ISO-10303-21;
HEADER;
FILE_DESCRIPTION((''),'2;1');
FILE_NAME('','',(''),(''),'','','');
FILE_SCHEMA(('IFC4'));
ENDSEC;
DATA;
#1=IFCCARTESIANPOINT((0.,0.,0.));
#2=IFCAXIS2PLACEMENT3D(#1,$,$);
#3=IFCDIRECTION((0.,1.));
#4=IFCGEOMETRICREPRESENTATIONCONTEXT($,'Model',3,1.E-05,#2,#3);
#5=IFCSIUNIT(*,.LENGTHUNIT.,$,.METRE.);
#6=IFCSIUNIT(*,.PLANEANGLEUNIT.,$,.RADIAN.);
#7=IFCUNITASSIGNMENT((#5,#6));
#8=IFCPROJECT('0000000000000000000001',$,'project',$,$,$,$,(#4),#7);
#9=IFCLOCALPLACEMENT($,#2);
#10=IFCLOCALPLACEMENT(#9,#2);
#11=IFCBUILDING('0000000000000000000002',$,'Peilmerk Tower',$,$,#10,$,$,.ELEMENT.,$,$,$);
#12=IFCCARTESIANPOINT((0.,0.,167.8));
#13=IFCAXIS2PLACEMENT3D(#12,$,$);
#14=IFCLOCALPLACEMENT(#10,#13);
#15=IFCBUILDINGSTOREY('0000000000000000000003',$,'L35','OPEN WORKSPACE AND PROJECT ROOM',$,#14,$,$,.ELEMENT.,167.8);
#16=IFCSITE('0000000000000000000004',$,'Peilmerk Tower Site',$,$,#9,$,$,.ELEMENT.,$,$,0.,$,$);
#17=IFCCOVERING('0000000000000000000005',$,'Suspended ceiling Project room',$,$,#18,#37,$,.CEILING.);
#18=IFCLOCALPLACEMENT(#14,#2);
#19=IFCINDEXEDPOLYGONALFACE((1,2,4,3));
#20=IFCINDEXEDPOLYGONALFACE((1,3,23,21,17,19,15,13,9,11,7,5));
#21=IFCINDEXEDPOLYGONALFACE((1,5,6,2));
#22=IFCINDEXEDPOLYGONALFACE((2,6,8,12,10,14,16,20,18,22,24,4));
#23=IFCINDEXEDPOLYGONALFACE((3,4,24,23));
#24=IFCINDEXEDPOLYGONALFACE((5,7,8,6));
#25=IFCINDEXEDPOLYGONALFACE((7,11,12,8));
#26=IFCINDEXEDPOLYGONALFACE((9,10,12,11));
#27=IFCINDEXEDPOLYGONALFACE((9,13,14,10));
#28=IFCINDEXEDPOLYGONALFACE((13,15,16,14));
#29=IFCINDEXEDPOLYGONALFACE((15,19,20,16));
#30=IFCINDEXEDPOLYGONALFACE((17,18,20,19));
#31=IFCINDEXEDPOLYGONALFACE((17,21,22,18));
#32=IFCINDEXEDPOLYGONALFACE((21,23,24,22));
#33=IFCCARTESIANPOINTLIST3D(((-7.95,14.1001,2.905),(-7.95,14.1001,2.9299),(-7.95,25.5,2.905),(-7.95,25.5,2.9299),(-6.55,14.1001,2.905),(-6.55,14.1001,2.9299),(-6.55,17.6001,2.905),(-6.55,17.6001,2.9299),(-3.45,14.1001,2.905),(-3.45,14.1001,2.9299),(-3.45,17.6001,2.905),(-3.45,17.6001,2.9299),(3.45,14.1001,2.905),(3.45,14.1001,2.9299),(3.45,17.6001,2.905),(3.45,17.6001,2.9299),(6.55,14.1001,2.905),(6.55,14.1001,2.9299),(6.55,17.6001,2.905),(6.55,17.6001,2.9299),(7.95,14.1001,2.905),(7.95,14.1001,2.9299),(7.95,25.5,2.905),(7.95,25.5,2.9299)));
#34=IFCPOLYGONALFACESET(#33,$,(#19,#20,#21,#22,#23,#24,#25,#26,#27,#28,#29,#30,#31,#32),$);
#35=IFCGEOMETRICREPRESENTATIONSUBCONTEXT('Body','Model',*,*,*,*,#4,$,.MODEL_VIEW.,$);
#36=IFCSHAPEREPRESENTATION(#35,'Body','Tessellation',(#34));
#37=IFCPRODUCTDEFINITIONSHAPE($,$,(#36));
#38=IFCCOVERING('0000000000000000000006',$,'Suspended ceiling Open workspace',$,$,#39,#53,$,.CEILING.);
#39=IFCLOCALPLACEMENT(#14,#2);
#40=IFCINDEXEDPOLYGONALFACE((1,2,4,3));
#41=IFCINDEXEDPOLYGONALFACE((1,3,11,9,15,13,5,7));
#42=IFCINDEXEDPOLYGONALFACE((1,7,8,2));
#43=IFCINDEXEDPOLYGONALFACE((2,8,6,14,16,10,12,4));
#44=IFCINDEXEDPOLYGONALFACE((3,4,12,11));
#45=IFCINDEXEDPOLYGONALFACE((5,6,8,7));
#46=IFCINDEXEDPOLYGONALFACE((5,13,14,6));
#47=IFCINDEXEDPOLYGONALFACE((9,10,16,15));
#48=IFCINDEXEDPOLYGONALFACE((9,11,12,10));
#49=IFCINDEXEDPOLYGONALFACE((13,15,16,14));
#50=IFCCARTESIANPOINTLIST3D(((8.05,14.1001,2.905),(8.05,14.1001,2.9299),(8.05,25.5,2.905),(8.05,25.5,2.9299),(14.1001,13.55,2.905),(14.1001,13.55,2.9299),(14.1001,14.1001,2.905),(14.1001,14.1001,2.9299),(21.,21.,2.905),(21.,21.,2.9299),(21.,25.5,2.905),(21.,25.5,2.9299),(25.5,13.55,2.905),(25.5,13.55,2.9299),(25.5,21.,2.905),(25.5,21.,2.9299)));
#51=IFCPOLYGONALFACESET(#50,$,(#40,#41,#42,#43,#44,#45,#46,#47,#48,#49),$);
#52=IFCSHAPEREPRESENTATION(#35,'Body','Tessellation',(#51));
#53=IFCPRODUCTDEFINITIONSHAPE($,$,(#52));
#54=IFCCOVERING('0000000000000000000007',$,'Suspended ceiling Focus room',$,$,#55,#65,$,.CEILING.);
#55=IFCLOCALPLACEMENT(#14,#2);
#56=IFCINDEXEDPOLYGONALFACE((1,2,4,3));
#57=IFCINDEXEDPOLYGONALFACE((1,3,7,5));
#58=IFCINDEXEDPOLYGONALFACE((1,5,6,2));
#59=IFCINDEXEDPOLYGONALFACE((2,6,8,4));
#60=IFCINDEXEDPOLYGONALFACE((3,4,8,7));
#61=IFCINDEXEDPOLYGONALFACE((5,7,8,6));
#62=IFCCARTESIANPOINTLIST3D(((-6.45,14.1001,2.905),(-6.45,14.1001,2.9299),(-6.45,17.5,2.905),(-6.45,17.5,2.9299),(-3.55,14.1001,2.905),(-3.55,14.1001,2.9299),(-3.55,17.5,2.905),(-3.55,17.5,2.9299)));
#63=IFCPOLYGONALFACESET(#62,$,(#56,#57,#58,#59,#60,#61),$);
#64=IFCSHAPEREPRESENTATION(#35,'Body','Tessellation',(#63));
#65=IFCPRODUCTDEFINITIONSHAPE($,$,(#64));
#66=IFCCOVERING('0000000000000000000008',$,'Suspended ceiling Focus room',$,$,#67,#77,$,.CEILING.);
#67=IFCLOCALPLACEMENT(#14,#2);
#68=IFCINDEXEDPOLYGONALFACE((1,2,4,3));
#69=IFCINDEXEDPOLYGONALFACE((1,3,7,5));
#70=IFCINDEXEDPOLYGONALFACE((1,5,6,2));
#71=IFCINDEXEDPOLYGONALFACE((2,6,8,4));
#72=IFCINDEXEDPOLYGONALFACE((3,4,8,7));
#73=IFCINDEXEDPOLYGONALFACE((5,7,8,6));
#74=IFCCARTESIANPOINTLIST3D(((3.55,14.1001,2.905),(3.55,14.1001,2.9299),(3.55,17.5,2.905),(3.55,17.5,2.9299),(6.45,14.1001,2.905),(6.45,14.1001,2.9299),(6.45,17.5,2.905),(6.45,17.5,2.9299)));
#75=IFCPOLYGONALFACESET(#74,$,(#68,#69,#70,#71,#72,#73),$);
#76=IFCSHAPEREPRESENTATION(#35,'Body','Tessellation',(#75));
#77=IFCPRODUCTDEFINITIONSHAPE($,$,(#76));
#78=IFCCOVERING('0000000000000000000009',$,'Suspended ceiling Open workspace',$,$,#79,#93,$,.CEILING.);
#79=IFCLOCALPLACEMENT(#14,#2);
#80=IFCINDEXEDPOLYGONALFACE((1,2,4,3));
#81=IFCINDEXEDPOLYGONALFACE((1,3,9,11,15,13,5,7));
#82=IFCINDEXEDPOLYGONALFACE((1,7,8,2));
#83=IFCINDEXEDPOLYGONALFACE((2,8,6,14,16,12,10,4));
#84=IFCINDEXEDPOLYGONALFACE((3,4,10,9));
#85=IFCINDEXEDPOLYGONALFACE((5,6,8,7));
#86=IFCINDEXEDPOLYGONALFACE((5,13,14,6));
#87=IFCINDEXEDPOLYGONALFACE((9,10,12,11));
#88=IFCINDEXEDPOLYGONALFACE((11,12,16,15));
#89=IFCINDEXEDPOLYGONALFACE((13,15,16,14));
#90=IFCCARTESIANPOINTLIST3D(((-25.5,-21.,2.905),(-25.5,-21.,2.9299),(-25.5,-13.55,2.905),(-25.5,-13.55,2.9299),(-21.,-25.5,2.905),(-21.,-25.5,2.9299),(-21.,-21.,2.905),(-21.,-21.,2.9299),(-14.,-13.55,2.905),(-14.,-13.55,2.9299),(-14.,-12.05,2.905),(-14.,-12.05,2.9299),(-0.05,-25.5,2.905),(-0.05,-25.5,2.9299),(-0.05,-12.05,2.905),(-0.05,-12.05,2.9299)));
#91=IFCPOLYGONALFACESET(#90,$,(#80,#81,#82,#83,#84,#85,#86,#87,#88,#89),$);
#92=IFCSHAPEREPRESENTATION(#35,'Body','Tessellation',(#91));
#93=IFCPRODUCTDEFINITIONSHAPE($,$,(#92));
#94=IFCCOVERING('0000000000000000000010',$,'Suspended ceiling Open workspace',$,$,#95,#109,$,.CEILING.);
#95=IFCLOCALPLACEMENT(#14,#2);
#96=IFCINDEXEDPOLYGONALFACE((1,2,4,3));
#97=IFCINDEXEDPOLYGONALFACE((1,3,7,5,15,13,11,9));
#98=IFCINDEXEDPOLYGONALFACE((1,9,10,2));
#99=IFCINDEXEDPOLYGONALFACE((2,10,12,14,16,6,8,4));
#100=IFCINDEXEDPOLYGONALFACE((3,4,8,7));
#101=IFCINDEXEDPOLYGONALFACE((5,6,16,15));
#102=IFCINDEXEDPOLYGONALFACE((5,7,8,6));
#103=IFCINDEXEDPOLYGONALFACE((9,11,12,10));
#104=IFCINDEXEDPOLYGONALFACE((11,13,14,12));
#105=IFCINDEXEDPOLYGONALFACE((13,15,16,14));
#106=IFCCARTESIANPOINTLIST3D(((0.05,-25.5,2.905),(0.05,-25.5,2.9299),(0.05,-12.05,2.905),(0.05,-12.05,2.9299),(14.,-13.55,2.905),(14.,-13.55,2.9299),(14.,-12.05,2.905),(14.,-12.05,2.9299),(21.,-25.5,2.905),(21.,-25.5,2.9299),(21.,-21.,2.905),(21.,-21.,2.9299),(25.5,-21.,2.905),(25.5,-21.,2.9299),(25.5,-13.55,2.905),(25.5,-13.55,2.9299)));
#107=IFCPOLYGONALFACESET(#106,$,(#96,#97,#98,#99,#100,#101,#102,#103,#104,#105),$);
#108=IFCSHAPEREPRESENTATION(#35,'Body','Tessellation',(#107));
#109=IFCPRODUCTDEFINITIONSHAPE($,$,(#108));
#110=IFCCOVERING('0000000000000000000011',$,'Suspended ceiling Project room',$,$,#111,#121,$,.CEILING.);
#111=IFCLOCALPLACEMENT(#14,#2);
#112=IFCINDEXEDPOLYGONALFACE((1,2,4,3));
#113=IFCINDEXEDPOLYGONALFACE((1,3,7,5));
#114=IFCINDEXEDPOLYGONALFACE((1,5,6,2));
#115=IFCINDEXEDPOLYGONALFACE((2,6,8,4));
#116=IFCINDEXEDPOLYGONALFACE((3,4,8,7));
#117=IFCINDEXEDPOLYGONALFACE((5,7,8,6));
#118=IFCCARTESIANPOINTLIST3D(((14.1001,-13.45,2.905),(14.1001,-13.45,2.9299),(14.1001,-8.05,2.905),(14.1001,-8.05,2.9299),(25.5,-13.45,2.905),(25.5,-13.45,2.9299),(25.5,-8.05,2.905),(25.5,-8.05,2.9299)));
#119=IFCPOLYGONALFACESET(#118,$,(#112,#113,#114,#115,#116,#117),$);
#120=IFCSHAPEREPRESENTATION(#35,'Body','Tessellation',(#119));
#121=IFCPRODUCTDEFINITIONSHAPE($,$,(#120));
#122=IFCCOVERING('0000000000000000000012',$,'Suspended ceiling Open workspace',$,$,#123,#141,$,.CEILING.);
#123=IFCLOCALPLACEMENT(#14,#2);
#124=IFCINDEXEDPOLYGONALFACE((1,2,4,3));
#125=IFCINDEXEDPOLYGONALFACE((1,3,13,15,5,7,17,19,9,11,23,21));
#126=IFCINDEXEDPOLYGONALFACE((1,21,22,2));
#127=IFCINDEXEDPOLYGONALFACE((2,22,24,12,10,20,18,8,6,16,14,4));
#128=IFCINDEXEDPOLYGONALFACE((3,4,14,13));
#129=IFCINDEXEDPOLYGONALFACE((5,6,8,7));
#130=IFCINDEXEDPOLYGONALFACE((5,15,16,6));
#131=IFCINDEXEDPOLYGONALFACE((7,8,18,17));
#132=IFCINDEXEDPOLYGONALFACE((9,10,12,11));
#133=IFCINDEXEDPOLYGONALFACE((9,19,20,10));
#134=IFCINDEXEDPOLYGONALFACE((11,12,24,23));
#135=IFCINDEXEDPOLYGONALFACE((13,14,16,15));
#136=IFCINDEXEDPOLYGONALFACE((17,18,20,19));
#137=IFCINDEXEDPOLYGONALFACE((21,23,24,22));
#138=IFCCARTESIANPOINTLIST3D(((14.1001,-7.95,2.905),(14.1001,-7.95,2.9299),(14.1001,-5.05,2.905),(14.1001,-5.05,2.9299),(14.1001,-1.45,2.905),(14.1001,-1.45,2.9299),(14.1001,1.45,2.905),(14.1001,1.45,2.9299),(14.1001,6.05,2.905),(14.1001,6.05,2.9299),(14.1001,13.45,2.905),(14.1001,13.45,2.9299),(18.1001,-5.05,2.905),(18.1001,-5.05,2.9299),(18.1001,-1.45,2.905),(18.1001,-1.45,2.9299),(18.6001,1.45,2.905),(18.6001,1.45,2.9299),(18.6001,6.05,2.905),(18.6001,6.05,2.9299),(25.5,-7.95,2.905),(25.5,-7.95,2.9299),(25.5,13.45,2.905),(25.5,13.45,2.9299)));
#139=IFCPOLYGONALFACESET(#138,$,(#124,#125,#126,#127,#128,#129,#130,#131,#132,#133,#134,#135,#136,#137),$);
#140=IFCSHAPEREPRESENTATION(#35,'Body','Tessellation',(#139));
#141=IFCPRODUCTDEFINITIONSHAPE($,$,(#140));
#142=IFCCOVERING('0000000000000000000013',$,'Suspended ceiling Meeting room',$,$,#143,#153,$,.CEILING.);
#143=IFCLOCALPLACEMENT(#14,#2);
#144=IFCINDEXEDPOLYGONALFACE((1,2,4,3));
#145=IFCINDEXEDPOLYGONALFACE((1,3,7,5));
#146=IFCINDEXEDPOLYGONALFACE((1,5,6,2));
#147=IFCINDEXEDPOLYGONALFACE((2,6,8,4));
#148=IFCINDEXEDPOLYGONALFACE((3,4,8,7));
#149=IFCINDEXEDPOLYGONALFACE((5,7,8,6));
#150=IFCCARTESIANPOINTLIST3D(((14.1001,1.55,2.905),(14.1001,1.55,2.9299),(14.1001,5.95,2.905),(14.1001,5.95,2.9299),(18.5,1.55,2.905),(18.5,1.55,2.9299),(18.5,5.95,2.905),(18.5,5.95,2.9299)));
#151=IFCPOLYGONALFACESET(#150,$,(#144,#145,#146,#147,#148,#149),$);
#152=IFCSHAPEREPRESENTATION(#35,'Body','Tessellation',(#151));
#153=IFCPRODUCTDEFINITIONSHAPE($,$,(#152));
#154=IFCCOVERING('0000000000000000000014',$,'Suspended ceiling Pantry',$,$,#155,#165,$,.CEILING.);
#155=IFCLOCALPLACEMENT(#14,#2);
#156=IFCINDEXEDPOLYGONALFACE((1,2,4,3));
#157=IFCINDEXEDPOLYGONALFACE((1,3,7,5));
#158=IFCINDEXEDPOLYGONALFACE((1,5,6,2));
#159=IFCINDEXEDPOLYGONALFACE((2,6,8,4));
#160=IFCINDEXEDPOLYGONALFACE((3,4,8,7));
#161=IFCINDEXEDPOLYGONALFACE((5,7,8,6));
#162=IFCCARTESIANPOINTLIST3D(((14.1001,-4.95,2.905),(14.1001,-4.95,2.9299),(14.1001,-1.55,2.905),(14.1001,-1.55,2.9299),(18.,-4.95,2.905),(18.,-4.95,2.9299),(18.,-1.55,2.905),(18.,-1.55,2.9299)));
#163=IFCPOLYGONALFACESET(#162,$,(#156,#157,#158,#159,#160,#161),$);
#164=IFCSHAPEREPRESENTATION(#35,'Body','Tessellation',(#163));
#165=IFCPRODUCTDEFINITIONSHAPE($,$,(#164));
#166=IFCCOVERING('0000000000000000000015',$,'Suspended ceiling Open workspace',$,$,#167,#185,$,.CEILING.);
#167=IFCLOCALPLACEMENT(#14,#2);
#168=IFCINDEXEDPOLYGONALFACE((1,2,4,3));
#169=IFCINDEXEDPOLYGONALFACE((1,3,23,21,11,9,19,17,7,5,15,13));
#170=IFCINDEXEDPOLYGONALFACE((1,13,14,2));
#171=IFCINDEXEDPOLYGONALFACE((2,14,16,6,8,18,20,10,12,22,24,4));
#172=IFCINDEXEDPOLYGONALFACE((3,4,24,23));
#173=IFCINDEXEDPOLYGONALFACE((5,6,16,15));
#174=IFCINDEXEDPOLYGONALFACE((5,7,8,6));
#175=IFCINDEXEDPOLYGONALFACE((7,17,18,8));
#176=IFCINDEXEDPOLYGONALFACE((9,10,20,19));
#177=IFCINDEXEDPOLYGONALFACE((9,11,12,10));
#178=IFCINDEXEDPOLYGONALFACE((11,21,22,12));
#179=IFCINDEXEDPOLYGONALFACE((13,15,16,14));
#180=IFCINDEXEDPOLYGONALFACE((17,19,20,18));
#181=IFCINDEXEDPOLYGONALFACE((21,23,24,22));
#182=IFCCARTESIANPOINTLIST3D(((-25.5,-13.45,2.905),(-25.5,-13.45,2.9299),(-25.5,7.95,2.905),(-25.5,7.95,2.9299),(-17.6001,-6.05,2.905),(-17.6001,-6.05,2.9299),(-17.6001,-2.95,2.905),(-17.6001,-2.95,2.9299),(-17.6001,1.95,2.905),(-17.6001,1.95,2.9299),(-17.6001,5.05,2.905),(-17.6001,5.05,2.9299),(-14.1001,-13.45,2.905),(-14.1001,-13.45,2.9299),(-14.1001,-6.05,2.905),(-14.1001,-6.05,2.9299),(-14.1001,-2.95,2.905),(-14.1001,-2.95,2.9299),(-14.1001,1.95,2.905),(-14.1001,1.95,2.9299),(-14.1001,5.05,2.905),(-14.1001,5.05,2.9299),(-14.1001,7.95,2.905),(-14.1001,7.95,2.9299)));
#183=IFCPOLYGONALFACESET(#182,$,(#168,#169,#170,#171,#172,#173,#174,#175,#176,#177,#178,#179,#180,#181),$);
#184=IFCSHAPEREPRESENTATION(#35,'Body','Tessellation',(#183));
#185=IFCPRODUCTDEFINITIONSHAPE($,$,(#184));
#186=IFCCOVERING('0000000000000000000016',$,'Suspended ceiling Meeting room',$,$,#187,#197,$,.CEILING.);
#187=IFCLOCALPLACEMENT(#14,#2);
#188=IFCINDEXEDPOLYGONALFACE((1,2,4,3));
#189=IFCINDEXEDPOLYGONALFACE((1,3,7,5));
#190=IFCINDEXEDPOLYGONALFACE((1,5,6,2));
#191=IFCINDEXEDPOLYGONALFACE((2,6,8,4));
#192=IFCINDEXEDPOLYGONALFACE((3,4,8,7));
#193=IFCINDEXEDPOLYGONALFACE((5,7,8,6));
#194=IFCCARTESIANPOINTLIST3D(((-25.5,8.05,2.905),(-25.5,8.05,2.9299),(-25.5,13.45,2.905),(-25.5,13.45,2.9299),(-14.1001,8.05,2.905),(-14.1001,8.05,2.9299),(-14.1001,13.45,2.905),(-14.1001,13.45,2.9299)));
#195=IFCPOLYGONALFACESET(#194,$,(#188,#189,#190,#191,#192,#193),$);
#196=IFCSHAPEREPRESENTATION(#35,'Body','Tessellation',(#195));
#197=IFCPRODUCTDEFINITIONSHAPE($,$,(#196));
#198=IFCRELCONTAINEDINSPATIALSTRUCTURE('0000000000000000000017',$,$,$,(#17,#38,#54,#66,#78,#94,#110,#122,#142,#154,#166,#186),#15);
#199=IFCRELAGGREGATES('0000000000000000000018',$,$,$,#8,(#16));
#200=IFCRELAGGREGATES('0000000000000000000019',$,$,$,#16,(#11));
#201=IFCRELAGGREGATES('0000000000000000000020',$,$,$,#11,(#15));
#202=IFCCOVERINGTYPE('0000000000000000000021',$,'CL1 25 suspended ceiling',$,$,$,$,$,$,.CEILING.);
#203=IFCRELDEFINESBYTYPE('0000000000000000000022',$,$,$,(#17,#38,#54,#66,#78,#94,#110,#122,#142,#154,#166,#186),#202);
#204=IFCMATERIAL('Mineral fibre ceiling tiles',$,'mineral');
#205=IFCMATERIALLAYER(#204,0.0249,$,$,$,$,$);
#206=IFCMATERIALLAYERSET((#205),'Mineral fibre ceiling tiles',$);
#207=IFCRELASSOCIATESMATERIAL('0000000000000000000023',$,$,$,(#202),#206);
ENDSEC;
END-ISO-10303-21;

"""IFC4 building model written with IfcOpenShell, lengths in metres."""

from ifc_helpers import new_model, si_unit, direction, frame, origin, place, context, subcontext, project, spatial, polyline, outline, extrude, material, layer, layer_set, type_object, element, save


model = new_model("IFC4")

# Units and contexts
model_context = context("Model", 3, precision=1e-05, world=origin(), true_north=direction((0.0, 1.0)))
body_context = subcontext(model_context, "Body", "Model", "MODEL_VIEW")
ifc_project = project(units=[si_unit("LENGTHUNIT", "METRE"), si_unit("PLANEANGLEUNIT", "RADIAN")], contexts=[model_context])

# Site, building, storey
site_placement = place(None, origin())
site = spatial("IfcSite", under=ifc_project, at=site_placement, Name="Peilmerk Tower Site", CompositionType="ELEMENT", RefElevation=0.0)
building_placement = place(site_placement, origin())
building = spatial("IfcBuilding", under=site, at=building_placement, Name="Peilmerk Tower", CompositionType="ELEMENT")
storey_placement = place(building_placement, frame((0.0, 0.0, 167.8)))
storey = spatial("IfcBuildingStorey", under=building, at=storey_placement, Name="L35", Description="OPEN WORKSPACE AND PROJECT ROOM", CompositionType="ELEMENT", Elevation=167.8)

# Coverings
ifc_material_1 = material(Name="Mineral fibre ceiling tiles", Category="mineral")
ifc_layer_1 = layer(ifc_material_1, 0.0249)
ifc_layer_set_1 = layer_set([ifc_layer_1], Name="Mineral fibre ceiling tiles")
covering_type = type_object("IfcCoveringType", Name="CL1 25 suspended ceiling", PredefinedType="CEILING", material=ifc_layer_set_1)
covering_1_placement = place(storey_placement, frame((0.0, 0.0, 2.905)))
element("IfcCovering", 1, at=covering_1_placement, inside=storey, type_object=covering_type, Name="Suspended ceiling Project room", PredefinedType="CEILING", context=body_context, shape_type="SweptSolid", body=[
    extrude(outline(polyline([(7.95, 14.1001), (7.95, 25.5), (-7.95, 25.5), (-7.95, 14.1001), (-6.55, 14.1001), (-6.55, 17.6001), (-3.45, 17.6001), (-3.45, 14.1001), (3.45, 14.1001), (3.45, 17.6001), (6.55, 17.6001), (6.55, 14.1001), (7.95, 14.1001)])), origin(), (0.0, 0.0, 1.0), 0.0249),
])
covering_2_placement = place(storey_placement, frame((0.0, 0.0, 2.905)))
element("IfcCovering", 2, at=covering_2_placement, inside=storey, type_object=covering_type, Name="Suspended ceiling Open workspace", PredefinedType="CEILING", context=body_context, shape_type="SweptSolid", body=[
    extrude(outline(polyline([(21.0, 25.5), (8.05, 25.5), (8.05, 14.1001), (14.1001, 14.1001), (14.1001, 13.55), (25.5, 13.55), (25.5, 21.0), (21.0, 21.0), (21.0, 25.5)])), origin(), (0.0, 0.0, 1.0), 0.0249),
])
covering_3_placement = place(storey_placement, frame((0.0, 0.0, 2.905)))
element("IfcCovering", 3, at=covering_3_placement, inside=storey, type_object=covering_type, Name="Suspended ceiling Focus room", PredefinedType="CEILING", context=body_context, shape_type="SweptSolid", body=[
    extrude(outline(polyline([(-3.55, 14.1001), (-3.55, 17.5), (-6.45, 17.5), (-6.45, 14.1001), (-3.55, 14.1001)])), origin(), (0.0, 0.0, 1.0), 0.0249),
])
covering_4_placement = place(storey_placement, frame((0.0, 0.0, 2.905)))
element("IfcCovering", 4, at=covering_4_placement, inside=storey, type_object=covering_type, Name="Suspended ceiling Focus room", PredefinedType="CEILING", context=body_context, shape_type="SweptSolid", body=[
    extrude(outline(polyline([(6.45, 14.1001), (6.45, 17.5), (3.55, 17.5), (3.55, 14.1001), (6.45, 14.1001)])), origin(), (0.0, 0.0, 1.0), 0.0249),
])
covering_5_placement = place(storey_placement, frame((0.0, 0.0, 2.905)))
element("IfcCovering", 5, at=covering_5_placement, inside=storey, type_object=covering_type, Name="Suspended ceiling Open workspace", PredefinedType="CEILING", context=body_context, shape_type="SweptSolid", body=[
    extrude(outline(polyline([(-21.0, -25.5), (-0.05, -25.5), (-0.05, -12.05), (-14.0, -12.05), (-14.0, -13.55), (-25.5, -13.55), (-25.5, -21.0), (-21.0, -21.0), (-21.0, -25.5)])), origin(), (0.0, 0.0, 1.0), 0.0249),
])
covering_6_placement = place(storey_placement, frame((0.0, 0.0, 2.905)))
element("IfcCovering", 6, at=covering_6_placement, inside=storey, type_object=covering_type, Name="Suspended ceiling Open workspace", PredefinedType="CEILING", context=body_context, shape_type="SweptSolid", body=[
    extrude(outline(polyline([(0.05, -25.5), (21.0, -25.5), (21.0, -21.0), (25.5, -21.0), (25.5, -13.55), (14.0, -13.55), (14.0, -12.05), (0.05, -12.05), (0.05, -25.5)])), origin(), (0.0, 0.0, 1.0), 0.0249),
])
covering_7_placement = place(storey_placement, frame((0.0, 0.0, 2.905)))
element("IfcCovering", 7, at=covering_7_placement, inside=storey, type_object=covering_type, Name="Suspended ceiling Project room", PredefinedType="CEILING", context=body_context, shape_type="SweptSolid", body=[
    extrude(outline(polyline([(25.5, -13.45), (25.5, -8.05), (14.1001, -8.05), (14.1001, -13.45), (25.5, -13.45)])), origin(), (0.0, 0.0, 1.0), 0.0249),
])
covering_8_placement = place(storey_placement, frame((0.0, 0.0, 2.905)))
element("IfcCovering", 8, at=covering_8_placement, inside=storey, type_object=covering_type, Name="Suspended ceiling Open workspace", PredefinedType="CEILING", context=body_context, shape_type="SweptSolid", body=[
    extrude(outline(polyline([(14.1001, -7.95), (25.5, -7.95), (25.5, 13.45), (14.1001, 13.45), (14.1001, 6.05), (18.6001, 6.05), (18.6001, 1.45), (14.1001, 1.45), (14.1001, -1.45), (18.1001, -1.45), (18.1001, -5.05), (14.1001, -5.05), (14.1001, -7.95)])), origin(), (0.0, 0.0, 1.0), 0.0249),
])
covering_9_placement = place(storey_placement, frame((0.0, 0.0, 2.905)))
element("IfcCovering", 9, at=covering_9_placement, inside=storey, type_object=covering_type, Name="Suspended ceiling Meeting room", PredefinedType="CEILING", context=body_context, shape_type="SweptSolid", body=[
    extrude(outline(polyline([(18.5, 1.55), (18.5, 5.95), (14.1001, 5.95), (14.1001, 1.55), (18.5, 1.55)])), origin(), (0.0, 0.0, 1.0), 0.0249),
])
covering_10_placement = place(storey_placement, frame((0.0, 0.0, 2.905)))
element("IfcCovering", 10, at=covering_10_placement, inside=storey, type_object=covering_type, Name="Suspended ceiling Pantry", PredefinedType="CEILING", context=body_context, shape_type="SweptSolid", body=[
    extrude(outline(polyline([(18.0, -4.95), (18.0, -1.55), (14.1001, -1.55), (14.1001, -4.95), (18.0, -4.95)])), origin(), (0.0, 0.0, 1.0), 0.0249),
])
covering_11_placement = place(storey_placement, frame((0.0, 0.0, 2.905)))
element("IfcCovering", 11, at=covering_11_placement, inside=storey, type_object=covering_type, Name="Suspended ceiling Open workspace", PredefinedType="CEILING", context=body_context, shape_type="SweptSolid", body=[
    extrude(outline(polyline([(-14.1001, 7.95), (-25.5, 7.95), (-25.5, -13.45), (-14.1001, -13.45), (-14.1001, -6.05), (-17.6001, -6.05), (-17.6001, -2.95), (-14.1001, -2.95), (-14.1001, 1.95), (-17.6001, 1.95), (-17.6001, 5.05), (-14.1001, 5.05), (-14.1001, 7.95)])), origin(), (0.0, 0.0, 1.0), 0.0249),
])
covering_12_placement = place(storey_placement, frame((0.0, 0.0, 2.905)))
element("IfcCovering", 12, at=covering_12_placement, inside=storey, type_object=covering_type, Name="Suspended ceiling Meeting room", PredefinedType="CEILING", context=body_context, shape_type="SweptSolid", body=[
    extrude(outline(polyline([(-25.5, 13.45), (-25.5, 8.05), (-14.1001, 8.05), (-14.1001, 13.45), (-25.5, 13.45)])), origin(), (0.0, 0.0, 1.0), 0.0249),
])

save(model, "model.ifc")
